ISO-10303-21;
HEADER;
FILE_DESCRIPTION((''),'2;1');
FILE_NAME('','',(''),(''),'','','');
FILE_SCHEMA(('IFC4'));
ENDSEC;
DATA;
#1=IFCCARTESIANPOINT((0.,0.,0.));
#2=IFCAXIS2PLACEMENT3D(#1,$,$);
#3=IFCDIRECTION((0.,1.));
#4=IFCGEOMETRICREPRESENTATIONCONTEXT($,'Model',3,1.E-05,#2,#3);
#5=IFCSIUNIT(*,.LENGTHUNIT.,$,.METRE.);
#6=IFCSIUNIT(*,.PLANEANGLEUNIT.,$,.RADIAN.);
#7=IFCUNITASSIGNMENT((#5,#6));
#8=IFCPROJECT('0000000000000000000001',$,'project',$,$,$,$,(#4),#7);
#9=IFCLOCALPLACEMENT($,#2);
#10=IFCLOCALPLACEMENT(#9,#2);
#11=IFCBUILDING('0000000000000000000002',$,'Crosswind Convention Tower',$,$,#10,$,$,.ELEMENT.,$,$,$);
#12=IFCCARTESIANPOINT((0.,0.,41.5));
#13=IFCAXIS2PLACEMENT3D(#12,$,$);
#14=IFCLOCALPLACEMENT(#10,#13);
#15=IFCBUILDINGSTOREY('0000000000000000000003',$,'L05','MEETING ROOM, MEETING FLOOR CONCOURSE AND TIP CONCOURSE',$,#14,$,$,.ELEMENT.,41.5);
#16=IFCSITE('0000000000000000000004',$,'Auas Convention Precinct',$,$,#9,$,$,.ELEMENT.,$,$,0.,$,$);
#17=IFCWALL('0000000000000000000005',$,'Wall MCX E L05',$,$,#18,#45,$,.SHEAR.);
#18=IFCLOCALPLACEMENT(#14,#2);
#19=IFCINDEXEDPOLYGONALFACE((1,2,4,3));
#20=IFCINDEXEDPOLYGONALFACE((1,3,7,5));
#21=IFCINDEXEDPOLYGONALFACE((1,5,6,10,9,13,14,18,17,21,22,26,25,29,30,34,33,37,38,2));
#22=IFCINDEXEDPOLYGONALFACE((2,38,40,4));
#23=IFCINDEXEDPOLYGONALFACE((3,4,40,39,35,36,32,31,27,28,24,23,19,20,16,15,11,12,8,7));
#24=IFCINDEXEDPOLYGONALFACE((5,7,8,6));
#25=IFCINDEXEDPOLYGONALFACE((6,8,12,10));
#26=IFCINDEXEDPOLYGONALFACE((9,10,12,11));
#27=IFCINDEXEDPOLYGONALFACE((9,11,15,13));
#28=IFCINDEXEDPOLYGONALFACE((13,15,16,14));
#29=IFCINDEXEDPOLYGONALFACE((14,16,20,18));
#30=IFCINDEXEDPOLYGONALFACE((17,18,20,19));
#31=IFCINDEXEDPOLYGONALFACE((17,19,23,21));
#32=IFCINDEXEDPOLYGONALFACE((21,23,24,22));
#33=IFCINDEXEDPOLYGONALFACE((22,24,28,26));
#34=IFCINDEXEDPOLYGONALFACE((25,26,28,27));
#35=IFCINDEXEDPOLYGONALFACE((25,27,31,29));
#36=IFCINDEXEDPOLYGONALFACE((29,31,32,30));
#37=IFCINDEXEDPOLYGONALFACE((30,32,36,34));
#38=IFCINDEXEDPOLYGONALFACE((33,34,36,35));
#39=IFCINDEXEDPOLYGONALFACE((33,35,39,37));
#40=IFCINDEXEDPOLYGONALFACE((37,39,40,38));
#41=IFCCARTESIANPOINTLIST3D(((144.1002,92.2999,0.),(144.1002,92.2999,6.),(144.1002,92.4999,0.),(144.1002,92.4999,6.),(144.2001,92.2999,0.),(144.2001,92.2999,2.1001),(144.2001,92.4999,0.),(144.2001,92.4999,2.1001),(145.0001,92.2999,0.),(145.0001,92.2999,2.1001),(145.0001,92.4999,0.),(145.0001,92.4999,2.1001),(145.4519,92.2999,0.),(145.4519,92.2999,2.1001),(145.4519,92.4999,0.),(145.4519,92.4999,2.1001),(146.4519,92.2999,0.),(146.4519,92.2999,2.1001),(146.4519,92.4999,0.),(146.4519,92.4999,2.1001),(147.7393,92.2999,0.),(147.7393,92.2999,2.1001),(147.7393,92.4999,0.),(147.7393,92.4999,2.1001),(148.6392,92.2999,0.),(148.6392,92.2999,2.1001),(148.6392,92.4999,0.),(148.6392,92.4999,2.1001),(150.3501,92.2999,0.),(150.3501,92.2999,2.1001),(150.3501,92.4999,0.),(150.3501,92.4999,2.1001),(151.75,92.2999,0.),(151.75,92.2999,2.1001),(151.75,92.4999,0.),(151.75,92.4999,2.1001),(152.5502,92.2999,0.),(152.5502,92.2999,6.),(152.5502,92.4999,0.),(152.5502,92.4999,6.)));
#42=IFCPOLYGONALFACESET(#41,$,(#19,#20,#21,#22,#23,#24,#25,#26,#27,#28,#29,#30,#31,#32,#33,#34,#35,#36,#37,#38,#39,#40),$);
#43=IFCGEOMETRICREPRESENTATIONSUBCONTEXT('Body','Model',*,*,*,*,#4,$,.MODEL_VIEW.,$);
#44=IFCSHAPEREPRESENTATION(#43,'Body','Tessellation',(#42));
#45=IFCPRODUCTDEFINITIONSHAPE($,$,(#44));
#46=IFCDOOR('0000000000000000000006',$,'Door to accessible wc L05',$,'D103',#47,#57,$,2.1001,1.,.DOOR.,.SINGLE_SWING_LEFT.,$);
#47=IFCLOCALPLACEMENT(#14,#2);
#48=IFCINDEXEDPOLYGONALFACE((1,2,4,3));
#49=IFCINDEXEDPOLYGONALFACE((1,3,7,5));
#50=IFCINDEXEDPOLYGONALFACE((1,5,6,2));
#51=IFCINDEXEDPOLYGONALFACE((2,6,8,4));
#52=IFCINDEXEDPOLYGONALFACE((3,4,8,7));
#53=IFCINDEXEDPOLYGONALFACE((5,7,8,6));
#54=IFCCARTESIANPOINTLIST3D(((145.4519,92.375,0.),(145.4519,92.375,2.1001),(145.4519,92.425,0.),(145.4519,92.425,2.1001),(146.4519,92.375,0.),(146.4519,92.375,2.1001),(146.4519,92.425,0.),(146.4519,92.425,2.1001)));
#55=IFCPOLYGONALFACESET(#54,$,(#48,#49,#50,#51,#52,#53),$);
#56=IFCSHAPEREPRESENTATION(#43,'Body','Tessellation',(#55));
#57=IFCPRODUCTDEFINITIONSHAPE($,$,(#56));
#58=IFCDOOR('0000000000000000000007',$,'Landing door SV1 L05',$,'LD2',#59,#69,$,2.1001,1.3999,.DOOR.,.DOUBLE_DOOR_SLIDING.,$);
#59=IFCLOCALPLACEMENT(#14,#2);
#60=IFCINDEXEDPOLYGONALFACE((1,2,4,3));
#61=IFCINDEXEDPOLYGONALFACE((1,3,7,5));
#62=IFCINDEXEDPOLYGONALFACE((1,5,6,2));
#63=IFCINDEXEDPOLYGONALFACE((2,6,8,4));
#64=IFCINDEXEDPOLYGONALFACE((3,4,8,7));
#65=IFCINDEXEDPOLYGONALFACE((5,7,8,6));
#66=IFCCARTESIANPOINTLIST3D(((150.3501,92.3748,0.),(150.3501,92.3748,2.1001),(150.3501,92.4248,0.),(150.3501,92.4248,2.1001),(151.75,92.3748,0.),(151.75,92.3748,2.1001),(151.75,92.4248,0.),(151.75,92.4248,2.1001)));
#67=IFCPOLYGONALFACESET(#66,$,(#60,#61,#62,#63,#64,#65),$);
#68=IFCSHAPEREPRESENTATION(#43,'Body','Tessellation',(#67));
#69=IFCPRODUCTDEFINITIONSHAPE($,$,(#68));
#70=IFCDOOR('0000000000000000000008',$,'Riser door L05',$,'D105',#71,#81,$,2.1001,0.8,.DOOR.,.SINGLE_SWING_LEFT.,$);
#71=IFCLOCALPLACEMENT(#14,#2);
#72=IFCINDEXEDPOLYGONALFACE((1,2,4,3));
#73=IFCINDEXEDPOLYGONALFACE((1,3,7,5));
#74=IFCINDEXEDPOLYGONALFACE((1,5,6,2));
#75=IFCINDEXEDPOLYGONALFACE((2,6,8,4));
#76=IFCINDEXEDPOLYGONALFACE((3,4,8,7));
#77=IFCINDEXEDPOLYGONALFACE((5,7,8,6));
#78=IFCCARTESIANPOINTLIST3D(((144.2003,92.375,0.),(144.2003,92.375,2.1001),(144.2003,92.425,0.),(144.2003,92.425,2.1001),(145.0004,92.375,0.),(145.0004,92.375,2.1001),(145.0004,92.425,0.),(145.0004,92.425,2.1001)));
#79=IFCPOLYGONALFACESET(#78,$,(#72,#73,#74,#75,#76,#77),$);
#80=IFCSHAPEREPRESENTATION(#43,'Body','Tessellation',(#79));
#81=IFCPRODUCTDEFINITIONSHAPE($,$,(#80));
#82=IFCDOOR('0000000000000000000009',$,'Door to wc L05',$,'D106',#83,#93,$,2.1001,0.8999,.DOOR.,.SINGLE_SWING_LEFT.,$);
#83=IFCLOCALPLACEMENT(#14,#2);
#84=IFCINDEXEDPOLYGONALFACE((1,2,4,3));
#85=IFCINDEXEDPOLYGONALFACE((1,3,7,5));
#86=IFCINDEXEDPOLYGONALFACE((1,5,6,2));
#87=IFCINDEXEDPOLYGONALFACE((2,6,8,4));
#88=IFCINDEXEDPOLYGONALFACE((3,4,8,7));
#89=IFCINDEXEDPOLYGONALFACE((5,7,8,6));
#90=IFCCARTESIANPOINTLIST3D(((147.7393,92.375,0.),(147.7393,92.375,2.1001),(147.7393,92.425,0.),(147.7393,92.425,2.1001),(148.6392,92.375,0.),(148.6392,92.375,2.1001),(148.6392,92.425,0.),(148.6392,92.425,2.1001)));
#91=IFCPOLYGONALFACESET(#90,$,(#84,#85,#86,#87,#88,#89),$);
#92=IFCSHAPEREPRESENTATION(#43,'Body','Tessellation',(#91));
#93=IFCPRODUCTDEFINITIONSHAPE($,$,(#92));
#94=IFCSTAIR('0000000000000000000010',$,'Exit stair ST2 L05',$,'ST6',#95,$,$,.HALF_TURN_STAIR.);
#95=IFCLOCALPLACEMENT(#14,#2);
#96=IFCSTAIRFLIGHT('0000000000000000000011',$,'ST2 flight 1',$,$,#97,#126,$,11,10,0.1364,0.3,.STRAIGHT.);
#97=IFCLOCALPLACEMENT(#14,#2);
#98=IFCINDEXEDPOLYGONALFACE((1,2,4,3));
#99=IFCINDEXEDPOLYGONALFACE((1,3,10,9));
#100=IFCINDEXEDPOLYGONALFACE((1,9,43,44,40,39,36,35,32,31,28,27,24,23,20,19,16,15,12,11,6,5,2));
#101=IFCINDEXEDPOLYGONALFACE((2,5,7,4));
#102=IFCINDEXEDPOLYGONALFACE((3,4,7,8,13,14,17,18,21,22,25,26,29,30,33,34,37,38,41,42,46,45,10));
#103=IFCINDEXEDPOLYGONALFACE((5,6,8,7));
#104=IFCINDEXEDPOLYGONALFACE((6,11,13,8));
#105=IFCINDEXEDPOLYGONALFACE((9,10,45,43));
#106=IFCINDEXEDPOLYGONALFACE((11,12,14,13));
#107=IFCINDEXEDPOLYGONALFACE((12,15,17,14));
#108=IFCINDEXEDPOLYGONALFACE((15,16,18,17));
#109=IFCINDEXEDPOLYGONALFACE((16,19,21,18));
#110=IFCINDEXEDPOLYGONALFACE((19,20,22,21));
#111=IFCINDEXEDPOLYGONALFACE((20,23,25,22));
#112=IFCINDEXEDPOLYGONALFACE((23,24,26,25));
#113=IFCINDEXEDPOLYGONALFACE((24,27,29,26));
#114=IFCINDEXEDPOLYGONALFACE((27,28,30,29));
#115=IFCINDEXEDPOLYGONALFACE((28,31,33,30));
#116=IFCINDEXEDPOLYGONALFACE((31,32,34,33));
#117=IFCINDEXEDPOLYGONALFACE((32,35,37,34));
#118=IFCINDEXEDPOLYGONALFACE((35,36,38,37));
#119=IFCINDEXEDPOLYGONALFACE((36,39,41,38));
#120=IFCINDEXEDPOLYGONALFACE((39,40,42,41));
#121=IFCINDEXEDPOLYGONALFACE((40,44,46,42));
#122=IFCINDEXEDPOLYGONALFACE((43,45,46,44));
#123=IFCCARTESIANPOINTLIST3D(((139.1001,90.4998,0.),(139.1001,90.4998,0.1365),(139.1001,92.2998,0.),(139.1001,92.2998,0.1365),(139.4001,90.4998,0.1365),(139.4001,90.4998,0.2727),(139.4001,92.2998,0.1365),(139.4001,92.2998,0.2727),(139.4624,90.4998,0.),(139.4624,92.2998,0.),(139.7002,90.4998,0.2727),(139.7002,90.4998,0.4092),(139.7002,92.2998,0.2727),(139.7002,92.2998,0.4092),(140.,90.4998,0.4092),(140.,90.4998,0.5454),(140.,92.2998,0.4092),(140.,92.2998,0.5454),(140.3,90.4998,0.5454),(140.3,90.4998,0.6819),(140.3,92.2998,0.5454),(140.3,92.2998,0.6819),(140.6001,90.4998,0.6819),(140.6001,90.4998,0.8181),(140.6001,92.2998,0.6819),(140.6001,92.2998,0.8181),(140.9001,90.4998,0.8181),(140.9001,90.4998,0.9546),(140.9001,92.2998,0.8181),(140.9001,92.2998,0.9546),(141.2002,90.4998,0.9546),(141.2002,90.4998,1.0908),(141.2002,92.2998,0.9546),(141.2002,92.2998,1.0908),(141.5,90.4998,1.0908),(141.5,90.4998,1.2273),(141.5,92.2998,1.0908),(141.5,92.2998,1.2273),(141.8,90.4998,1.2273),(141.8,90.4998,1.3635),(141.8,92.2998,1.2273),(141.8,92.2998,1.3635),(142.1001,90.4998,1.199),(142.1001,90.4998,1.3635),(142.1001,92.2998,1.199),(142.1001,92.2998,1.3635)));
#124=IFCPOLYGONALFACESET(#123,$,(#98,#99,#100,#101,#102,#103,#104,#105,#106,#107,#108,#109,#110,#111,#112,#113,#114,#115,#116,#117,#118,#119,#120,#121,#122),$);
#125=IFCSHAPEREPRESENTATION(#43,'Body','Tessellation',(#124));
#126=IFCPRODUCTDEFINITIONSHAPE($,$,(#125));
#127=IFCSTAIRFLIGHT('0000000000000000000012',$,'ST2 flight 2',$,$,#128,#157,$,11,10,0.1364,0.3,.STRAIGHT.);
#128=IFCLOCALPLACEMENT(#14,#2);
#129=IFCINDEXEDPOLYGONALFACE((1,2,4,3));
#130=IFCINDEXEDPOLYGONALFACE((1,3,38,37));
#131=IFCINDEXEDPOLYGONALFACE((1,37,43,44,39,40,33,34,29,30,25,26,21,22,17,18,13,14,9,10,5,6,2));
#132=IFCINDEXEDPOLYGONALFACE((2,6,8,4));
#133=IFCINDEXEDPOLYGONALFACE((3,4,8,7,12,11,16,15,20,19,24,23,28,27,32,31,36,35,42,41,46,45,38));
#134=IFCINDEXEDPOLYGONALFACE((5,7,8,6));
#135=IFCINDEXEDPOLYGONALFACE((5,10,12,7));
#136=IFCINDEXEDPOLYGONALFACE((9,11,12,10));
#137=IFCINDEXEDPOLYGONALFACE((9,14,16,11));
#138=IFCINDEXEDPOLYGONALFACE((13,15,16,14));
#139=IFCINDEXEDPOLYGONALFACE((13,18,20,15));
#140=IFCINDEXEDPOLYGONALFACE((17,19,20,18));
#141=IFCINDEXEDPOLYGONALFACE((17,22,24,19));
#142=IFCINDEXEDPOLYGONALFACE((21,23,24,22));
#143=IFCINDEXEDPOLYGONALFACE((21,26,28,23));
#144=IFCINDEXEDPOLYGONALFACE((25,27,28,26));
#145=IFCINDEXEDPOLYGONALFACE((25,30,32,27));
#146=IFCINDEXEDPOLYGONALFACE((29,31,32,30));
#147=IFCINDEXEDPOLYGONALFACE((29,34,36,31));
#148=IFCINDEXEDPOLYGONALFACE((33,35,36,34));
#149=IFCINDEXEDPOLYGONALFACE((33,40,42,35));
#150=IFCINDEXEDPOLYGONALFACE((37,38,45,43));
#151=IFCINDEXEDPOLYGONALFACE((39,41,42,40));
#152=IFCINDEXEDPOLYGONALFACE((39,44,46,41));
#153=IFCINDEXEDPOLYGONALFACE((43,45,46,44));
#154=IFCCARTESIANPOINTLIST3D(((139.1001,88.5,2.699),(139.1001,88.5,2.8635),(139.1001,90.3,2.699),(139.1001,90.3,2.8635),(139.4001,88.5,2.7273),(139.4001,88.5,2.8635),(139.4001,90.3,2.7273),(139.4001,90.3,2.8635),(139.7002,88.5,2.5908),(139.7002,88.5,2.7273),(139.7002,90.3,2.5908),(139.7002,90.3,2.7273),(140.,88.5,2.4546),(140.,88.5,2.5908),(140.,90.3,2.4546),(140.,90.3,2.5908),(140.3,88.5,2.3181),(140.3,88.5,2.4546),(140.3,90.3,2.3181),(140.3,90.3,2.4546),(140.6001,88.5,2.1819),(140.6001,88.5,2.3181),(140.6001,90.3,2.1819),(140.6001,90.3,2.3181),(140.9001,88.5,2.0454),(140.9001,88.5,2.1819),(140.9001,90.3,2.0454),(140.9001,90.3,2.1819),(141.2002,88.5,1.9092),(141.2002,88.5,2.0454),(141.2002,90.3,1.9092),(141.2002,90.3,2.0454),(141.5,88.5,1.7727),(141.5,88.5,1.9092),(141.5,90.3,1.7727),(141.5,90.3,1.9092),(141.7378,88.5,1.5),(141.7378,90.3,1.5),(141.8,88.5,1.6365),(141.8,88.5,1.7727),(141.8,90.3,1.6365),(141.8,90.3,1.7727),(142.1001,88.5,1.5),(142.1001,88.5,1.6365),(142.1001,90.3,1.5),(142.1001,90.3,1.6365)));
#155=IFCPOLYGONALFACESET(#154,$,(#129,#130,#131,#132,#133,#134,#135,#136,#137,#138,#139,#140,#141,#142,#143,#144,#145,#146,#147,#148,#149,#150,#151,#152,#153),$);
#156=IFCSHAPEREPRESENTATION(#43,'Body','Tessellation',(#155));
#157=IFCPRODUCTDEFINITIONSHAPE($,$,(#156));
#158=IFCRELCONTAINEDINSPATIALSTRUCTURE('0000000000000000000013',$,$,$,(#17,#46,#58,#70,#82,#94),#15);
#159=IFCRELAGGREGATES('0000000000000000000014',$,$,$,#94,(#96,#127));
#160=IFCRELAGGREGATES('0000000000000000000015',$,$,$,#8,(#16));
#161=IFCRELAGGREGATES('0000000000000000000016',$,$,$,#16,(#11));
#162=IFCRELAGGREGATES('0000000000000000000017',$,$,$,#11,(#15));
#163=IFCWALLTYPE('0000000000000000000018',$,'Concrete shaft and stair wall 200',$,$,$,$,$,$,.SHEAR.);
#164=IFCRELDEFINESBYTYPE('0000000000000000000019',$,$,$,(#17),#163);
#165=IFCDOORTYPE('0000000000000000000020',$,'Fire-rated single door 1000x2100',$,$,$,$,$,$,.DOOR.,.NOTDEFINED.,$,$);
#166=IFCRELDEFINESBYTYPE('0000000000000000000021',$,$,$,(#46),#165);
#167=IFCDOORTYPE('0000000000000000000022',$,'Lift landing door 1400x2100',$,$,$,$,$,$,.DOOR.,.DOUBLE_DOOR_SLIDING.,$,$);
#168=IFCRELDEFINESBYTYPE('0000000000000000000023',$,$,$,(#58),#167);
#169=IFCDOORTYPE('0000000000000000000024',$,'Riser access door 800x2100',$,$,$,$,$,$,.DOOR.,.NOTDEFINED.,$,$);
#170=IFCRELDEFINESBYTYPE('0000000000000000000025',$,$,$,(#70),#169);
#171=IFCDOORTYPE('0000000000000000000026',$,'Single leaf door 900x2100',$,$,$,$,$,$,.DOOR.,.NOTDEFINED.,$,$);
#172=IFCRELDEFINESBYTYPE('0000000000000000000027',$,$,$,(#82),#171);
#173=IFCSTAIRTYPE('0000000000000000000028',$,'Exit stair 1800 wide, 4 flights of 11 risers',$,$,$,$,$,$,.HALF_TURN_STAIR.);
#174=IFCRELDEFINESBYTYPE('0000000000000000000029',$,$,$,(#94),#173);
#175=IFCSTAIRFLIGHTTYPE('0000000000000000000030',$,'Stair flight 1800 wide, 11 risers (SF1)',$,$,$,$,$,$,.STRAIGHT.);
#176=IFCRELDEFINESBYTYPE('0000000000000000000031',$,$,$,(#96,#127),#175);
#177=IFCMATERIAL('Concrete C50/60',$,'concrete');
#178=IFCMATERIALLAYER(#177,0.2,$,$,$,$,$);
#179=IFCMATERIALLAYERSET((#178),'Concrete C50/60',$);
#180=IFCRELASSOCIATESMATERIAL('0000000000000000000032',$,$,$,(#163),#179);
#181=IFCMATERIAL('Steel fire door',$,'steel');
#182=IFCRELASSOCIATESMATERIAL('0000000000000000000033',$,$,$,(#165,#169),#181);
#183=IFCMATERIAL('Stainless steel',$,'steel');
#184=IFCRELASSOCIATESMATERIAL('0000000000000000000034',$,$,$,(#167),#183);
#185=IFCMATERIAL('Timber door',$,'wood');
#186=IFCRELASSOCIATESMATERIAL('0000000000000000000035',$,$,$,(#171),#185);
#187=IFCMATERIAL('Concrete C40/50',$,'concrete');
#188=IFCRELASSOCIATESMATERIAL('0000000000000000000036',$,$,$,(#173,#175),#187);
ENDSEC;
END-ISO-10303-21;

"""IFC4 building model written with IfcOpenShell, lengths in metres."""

from ifc_helpers import new_model, si_unit, direction, frame, frame_2d, origin, place, context, subcontext, project, spatial, polyline, rectangle, outline, extrude, material, layer, layer_set, type_object, element, fill, aggregate, save


model = new_model("IFC4")

# Units and contexts
model_context = context("Model", 3, precision=1e-05, world=origin(), true_north=direction((0.0, 1.0)))
body_context = subcontext(model_context, "Body", "Model", "MODEL_VIEW")
ifc_project = project(units=[si_unit("LENGTHUNIT", "METRE"), si_unit("PLANEANGLEUNIT", "RADIAN")], contexts=[model_context])

# Site, building, storey
site_placement = place(None, origin())
site = spatial("IfcSite", under=ifc_project, at=site_placement, Name="Auas Convention Precinct", CompositionType="ELEMENT", RefElevation=0.0)
building_placement = place(site_placement, origin())
building = spatial("IfcBuilding", under=site, at=building_placement, Name="Crosswind Convention Tower", CompositionType="ELEMENT")
storey_placement = place(building_placement, frame((0.0, 0.0, 41.5)))
storey = spatial("IfcBuildingStorey", under=building, at=storey_placement, Name="L05", Description="MEETING ROOM, MEETING FLOOR CONCOURSE AND TIP CONCOURSE", CompositionType="ELEMENT", Elevation=41.5)

# Shared definitions
ifc_material_1 = material(Name="Concrete C50/60", Category="concrete")
ifc_layer_1 = layer(ifc_material_1, 0.2)
ifc_layer_set_1 = layer_set([ifc_layer_1], Name="Concrete C50/60")
wall_type_1 = type_object("IfcWallType", Name="Concrete shaft and stair wall 200", PredefinedType="SHEAR", material=ifc_layer_set_1)

# Shared definitions
ifc_material_2 = material(Name="Stainless steel", Category="steel")

# Wall, openings, doors
wall_1_placement = place(storey_placement, frame((144.1001, 92.3999, 0.0), z_axis=(0.0, 0.0, 1.0), x_axis=(1.0, 0.0, 0.0)))
wall_1 = element("IfcWall", 1, at=wall_1_placement, inside=storey, type_object=wall_type_1, Name="Wall MCX E L05", PredefinedType="SHEAR", context=body_context, shape_type="SweptSolid", body=[
    extrude(rectangle(XDim=8.45, YDim=0.2, at=frame_2d((4.2251, 0.0))), origin(), (0.0, 0.0, 1.0), 6.0),
])
opening_1_placement = place(wall_1_placement, frame((0.1001, 0.0, 0.0)))
opening_1 = element("IfcOpeningElement", 2, at=opening_1_placement, cuts=wall_1, PredefinedType="OPENING", context=body_context, shape_type="SweptSolid", body=[
    extrude(rectangle(XDim=0.8, YDim=2.1001, at=frame_2d((0.3999, 1.05))), frame((0.0, 0.1099, 0.0), z_axis=(0.0, -1.0, 0.0), x_axis=(1.0, 0.0, 0.0)), (0.0, 0.0, 1.0), 0.22),
])
opening_2_placement = place(wall_1_placement, frame((1.3518, 0.0, 0.0)))
opening_2 = element("IfcOpeningElement", 3, at=opening_2_placement, cuts=wall_1, PredefinedType="OPENING", context=body_context, shape_type="SweptSolid", body=[
    extrude(rectangle(XDim=1.0, YDim=2.1001, at=frame_2d((0.5, 1.05))), frame((0.0, 0.1099, 0.0), z_axis=(0.0, -1.0, 0.0), x_axis=(1.0, 0.0, 0.0)), (0.0, 0.0, 1.0), 0.22),
])
opening_3_placement = place(wall_1_placement, frame((3.6392, 0.0, 0.0)))
opening_3 = element("IfcOpeningElement", 4, at=opening_3_placement, cuts=wall_1, PredefinedType="OPENING", context=body_context, shape_type="SweptSolid", body=[
    extrude(rectangle(XDim=0.8999, YDim=2.1001, at=frame_2d((0.45, 1.05))), frame((0.0, 0.1099, 0.0), z_axis=(0.0, -1.0, 0.0), x_axis=(1.0, 0.0, 0.0)), (0.0, 0.0, 1.0), 0.22),
])
opening_4_placement = place(wall_1_placement, frame((6.25, 0.0, 0.0)))
opening_4 = element("IfcOpeningElement", 5, at=opening_4_placement, cuts=wall_1, PredefinedType="OPENING", context=body_context, shape_type="SweptSolid", body=[
    extrude(rectangle(XDim=1.3999, YDim=2.1001, at=frame_2d((0.7, 1.05))), frame((0.0, 0.1099, 0.0), z_axis=(0.0, -1.0, 0.0), x_axis=(1.0, 0.0, 0.0)), (0.0, 0.0, 1.0), 0.22),
])
ifc_material_3 = material(Name="Steel fire door", Category="steel")
door_type_1 = type_object("IfcDoorType", Name="Fire-rated single door 1000x2100", OperationType="NOTDEFINED", PredefinedType="DOOR", material=ifc_material_3)
door_1_placement = place(opening_2_placement, frame((1.0, 0.0, 0.0), z_axis=(0.0, 0.0, 1.0), x_axis=(-1.0, 0.0, 0.0)))
door_1 = element("IfcDoor", 6, at=door_1_placement, inside=storey, type_object=door_type_1, Name="Door to accessible wc L05", ObjectType="D103", OperationType="SINGLE_SWING_LEFT", OverallHeight=2.1001, OverallWidth=1.0, PredefinedType="DOOR", context=body_context, shape_type="SweptSolid", body=[
    extrude(rectangle(XDim=1.0, YDim=2.1001, at=frame_2d((0.5, 1.05))), frame((0.0, 0.0249, 0.0), z_axis=(0.0, -1.0, 0.0), x_axis=(1.0, 0.0, 0.0)), (0.0, 0.0, 1.0), 0.05),
])
fill(opening_2, door_1)
door_type_2 = type_object("IfcDoorType", Name="Lift landing door 1400x2100", OperationType="DOUBLE_DOOR_SLIDING", PredefinedType="DOOR", material=ifc_material_2)
door_2_placement = place(opening_4_placement, origin())
door_2 = element("IfcDoor", 7, at=door_2_placement, inside=storey, type_object=door_type_2, Name="Landing door SV1 L05", ObjectType="LD2", OperationType="DOUBLE_DOOR_SLIDING", OverallHeight=2.1001, OverallWidth=1.3999, PredefinedType="DOOR", context=body_context, shape_type="SweptSolid", body=[
    extrude(rectangle(XDim=1.3999, YDim=2.1001, at=frame_2d((0.7, 1.05))), frame((0.0, 0.0249, 0.0), z_axis=(0.0, -1.0, 0.0), x_axis=(1.0, 0.0, 0.0)), (0.0, 0.0, 1.0), 0.05),
])
fill(opening_4, door_2)
door_type_3 = type_object("IfcDoorType", Name="Riser access door 800x2100", OperationType="NOTDEFINED", PredefinedType="DOOR", material=ifc_material_3)
door_3_placement = place(opening_1_placement, frame((0.8, 0.0, 0.0), z_axis=(0.0, 0.0, 1.0), x_axis=(-1.0, 0.0, 0.0)))
door_3 = element("IfcDoor", 8, at=door_3_placement, inside=storey, type_object=door_type_3, Name="Riser door L05", ObjectType="D105", OperationType="SINGLE_SWING_LEFT", OverallHeight=2.1001, OverallWidth=0.8, PredefinedType="DOOR", context=body_context, shape_type="SweptSolid", body=[
    extrude(rectangle(XDim=0.8, YDim=2.1001, at=frame_2d((0.3999, 1.05))), frame((0.0, 0.0249, 0.0), z_axis=(0.0, -1.0, 0.0), x_axis=(1.0, 0.0, 0.0)), (0.0, 0.0, 1.0), 0.05),
])
fill(opening_1, door_3)
ifc_material_4 = material(Name="Timber door", Category="wood")
door_type_4 = type_object("IfcDoorType", Name="Single leaf door 900x2100", OperationType="NOTDEFINED", PredefinedType="DOOR", material=ifc_material_4)
door_4_placement = place(opening_3_placement, frame((0.8999, 0.0, 0.0), z_axis=(0.0, 0.0, 1.0), x_axis=(-1.0, 0.0, 0.0)))
door_4 = element("IfcDoor", 9, at=door_4_placement, inside=storey, type_object=door_type_4, Name="Door to wc L05", ObjectType="D106", OperationType="SINGLE_SWING_LEFT", OverallHeight=2.1001, OverallWidth=0.8999, PredefinedType="DOOR", context=body_context, shape_type="SweptSolid", body=[
    extrude(rectangle(XDim=0.8999, YDim=2.1001, at=frame_2d((0.45, 1.05))), frame((0.0, 0.0249, 0.0), z_axis=(0.0, -1.0, 0.0), x_axis=(1.0, 0.0, 0.0)), (0.0, 0.0, 1.0), 0.05),
])
fill(opening_3, door_4)

# Stair, stair flights
ifc_material_5 = material(Name="Concrete C40/50", Category="concrete")
stair_type = type_object("IfcStairType", Name="Exit stair 1800 wide, 4 flights of 11 risers", PredefinedType="HALF_TURN_STAIR", material=ifc_material_5)
stair_placement = place(storey_placement, origin())
stair = element("IfcStair", 10, at=stair_placement, inside=storey, type_object=stair_type, Name="Exit stair ST2 L05", ObjectType="ST6", PredefinedType="HALF_TURN_STAIR")
stair_flight_type = type_object("IfcStairFlightType", Name="Stair flight 1800 wide, 11 risers (SF1)", PredefinedType="STRAIGHT", material=ifc_material_5)
stair_flight_1_placement = place(storey_placement, frame((139.1001, 91.3999, 0.0), z_axis=(0.0, 0.0, 1.0), x_axis=(1.0, 0.0, 0.0)))
stair_flight_1 = element("IfcStairFlight", 11, at=stair_flight_1_placement, type_object=stair_flight_type, Name="ST2 flight 1", NumberOfRisers=11, NumberOfTreads=10, PredefinedType="STRAIGHT", RiserHeight=0.1364, TreadLength=0.3, context=body_context, shape_type="SweptSolid", body=[
    extrude(outline(polyline([(0.0, 0.0), (0.0, 0.1365), (0.3, 0.1365), (0.3, 0.2727), (0.6001, 0.2727), (0.6001, 0.4092), (0.8999, 0.4092), (0.8999, 0.5454), (1.2, 0.5454), (1.2, 0.6819), (1.5, 0.6819), (1.5, 0.8181), (1.8, 0.8181), (1.8, 0.9546), (2.1001, 0.9546), (2.1001, 1.0908), (2.3999, 1.0908), (2.3999, 1.2273), (2.7, 1.2273), (2.7, 1.3635), (3.0, 1.3635), (3.0, 1.5), (3.0, 1.199), (0.3623, 0.0), (0.0, 0.0)])), frame((0.0, 0.8999, 0.0), z_axis=(0.0, -1.0, 0.0), x_axis=(1.0, 0.0, 0.0)), (0.0, 0.0, 1.0), 1.8),
])
stair_flight_2_placement = place(storey_placement, frame((142.1001, 89.3999, 1.5), z_axis=(0.0, 0.0, 1.0), x_axis=(-1.0, 0.0, 0.0)))
stair_flight_2 = element("IfcStairFlight", 12, at=stair_flight_2_placement, type_object=stair_flight_type, Name="ST2 flight 2", NumberOfRisers=11, NumberOfTreads=10, PredefinedType="STRAIGHT", RiserHeight=0.1364, TreadLength=0.3, context=body_context, shape_type="SweptSolid", body=[
    extrude(outline(polyline([(0.0, 0.0), (0.0, 0.1365), (0.3, 0.1365), (0.3, 0.2727), (0.6001, 0.2727), (0.6001, 0.4092), (0.8999, 0.4092), (0.8999, 0.5454), (1.2, 0.5454), (1.2, 0.6819), (1.5, 0.6819), (1.5, 0.8181), (1.8, 0.8181), (1.8, 0.9546), (2.1001, 0.9546), (2.1001, 1.0908), (2.3999, 1.0908), (2.3999, 1.2273), (2.7, 1.2273), (2.7, 1.3635), (3.0, 1.3635), (3.0, 1.5), (3.0, 1.199), (0.3623, 0.0), (0.0, 0.0)])), frame((0.0, 0.8999, 0.0), z_axis=(0.0, -1.0, 0.0), x_axis=(1.0, 0.0, 0.0)), (0.0, 0.0, 1.0), 1.8),
])
aggregate(stair, [stair_flight_1, stair_flight_2])

save(model, "model.ifc")
